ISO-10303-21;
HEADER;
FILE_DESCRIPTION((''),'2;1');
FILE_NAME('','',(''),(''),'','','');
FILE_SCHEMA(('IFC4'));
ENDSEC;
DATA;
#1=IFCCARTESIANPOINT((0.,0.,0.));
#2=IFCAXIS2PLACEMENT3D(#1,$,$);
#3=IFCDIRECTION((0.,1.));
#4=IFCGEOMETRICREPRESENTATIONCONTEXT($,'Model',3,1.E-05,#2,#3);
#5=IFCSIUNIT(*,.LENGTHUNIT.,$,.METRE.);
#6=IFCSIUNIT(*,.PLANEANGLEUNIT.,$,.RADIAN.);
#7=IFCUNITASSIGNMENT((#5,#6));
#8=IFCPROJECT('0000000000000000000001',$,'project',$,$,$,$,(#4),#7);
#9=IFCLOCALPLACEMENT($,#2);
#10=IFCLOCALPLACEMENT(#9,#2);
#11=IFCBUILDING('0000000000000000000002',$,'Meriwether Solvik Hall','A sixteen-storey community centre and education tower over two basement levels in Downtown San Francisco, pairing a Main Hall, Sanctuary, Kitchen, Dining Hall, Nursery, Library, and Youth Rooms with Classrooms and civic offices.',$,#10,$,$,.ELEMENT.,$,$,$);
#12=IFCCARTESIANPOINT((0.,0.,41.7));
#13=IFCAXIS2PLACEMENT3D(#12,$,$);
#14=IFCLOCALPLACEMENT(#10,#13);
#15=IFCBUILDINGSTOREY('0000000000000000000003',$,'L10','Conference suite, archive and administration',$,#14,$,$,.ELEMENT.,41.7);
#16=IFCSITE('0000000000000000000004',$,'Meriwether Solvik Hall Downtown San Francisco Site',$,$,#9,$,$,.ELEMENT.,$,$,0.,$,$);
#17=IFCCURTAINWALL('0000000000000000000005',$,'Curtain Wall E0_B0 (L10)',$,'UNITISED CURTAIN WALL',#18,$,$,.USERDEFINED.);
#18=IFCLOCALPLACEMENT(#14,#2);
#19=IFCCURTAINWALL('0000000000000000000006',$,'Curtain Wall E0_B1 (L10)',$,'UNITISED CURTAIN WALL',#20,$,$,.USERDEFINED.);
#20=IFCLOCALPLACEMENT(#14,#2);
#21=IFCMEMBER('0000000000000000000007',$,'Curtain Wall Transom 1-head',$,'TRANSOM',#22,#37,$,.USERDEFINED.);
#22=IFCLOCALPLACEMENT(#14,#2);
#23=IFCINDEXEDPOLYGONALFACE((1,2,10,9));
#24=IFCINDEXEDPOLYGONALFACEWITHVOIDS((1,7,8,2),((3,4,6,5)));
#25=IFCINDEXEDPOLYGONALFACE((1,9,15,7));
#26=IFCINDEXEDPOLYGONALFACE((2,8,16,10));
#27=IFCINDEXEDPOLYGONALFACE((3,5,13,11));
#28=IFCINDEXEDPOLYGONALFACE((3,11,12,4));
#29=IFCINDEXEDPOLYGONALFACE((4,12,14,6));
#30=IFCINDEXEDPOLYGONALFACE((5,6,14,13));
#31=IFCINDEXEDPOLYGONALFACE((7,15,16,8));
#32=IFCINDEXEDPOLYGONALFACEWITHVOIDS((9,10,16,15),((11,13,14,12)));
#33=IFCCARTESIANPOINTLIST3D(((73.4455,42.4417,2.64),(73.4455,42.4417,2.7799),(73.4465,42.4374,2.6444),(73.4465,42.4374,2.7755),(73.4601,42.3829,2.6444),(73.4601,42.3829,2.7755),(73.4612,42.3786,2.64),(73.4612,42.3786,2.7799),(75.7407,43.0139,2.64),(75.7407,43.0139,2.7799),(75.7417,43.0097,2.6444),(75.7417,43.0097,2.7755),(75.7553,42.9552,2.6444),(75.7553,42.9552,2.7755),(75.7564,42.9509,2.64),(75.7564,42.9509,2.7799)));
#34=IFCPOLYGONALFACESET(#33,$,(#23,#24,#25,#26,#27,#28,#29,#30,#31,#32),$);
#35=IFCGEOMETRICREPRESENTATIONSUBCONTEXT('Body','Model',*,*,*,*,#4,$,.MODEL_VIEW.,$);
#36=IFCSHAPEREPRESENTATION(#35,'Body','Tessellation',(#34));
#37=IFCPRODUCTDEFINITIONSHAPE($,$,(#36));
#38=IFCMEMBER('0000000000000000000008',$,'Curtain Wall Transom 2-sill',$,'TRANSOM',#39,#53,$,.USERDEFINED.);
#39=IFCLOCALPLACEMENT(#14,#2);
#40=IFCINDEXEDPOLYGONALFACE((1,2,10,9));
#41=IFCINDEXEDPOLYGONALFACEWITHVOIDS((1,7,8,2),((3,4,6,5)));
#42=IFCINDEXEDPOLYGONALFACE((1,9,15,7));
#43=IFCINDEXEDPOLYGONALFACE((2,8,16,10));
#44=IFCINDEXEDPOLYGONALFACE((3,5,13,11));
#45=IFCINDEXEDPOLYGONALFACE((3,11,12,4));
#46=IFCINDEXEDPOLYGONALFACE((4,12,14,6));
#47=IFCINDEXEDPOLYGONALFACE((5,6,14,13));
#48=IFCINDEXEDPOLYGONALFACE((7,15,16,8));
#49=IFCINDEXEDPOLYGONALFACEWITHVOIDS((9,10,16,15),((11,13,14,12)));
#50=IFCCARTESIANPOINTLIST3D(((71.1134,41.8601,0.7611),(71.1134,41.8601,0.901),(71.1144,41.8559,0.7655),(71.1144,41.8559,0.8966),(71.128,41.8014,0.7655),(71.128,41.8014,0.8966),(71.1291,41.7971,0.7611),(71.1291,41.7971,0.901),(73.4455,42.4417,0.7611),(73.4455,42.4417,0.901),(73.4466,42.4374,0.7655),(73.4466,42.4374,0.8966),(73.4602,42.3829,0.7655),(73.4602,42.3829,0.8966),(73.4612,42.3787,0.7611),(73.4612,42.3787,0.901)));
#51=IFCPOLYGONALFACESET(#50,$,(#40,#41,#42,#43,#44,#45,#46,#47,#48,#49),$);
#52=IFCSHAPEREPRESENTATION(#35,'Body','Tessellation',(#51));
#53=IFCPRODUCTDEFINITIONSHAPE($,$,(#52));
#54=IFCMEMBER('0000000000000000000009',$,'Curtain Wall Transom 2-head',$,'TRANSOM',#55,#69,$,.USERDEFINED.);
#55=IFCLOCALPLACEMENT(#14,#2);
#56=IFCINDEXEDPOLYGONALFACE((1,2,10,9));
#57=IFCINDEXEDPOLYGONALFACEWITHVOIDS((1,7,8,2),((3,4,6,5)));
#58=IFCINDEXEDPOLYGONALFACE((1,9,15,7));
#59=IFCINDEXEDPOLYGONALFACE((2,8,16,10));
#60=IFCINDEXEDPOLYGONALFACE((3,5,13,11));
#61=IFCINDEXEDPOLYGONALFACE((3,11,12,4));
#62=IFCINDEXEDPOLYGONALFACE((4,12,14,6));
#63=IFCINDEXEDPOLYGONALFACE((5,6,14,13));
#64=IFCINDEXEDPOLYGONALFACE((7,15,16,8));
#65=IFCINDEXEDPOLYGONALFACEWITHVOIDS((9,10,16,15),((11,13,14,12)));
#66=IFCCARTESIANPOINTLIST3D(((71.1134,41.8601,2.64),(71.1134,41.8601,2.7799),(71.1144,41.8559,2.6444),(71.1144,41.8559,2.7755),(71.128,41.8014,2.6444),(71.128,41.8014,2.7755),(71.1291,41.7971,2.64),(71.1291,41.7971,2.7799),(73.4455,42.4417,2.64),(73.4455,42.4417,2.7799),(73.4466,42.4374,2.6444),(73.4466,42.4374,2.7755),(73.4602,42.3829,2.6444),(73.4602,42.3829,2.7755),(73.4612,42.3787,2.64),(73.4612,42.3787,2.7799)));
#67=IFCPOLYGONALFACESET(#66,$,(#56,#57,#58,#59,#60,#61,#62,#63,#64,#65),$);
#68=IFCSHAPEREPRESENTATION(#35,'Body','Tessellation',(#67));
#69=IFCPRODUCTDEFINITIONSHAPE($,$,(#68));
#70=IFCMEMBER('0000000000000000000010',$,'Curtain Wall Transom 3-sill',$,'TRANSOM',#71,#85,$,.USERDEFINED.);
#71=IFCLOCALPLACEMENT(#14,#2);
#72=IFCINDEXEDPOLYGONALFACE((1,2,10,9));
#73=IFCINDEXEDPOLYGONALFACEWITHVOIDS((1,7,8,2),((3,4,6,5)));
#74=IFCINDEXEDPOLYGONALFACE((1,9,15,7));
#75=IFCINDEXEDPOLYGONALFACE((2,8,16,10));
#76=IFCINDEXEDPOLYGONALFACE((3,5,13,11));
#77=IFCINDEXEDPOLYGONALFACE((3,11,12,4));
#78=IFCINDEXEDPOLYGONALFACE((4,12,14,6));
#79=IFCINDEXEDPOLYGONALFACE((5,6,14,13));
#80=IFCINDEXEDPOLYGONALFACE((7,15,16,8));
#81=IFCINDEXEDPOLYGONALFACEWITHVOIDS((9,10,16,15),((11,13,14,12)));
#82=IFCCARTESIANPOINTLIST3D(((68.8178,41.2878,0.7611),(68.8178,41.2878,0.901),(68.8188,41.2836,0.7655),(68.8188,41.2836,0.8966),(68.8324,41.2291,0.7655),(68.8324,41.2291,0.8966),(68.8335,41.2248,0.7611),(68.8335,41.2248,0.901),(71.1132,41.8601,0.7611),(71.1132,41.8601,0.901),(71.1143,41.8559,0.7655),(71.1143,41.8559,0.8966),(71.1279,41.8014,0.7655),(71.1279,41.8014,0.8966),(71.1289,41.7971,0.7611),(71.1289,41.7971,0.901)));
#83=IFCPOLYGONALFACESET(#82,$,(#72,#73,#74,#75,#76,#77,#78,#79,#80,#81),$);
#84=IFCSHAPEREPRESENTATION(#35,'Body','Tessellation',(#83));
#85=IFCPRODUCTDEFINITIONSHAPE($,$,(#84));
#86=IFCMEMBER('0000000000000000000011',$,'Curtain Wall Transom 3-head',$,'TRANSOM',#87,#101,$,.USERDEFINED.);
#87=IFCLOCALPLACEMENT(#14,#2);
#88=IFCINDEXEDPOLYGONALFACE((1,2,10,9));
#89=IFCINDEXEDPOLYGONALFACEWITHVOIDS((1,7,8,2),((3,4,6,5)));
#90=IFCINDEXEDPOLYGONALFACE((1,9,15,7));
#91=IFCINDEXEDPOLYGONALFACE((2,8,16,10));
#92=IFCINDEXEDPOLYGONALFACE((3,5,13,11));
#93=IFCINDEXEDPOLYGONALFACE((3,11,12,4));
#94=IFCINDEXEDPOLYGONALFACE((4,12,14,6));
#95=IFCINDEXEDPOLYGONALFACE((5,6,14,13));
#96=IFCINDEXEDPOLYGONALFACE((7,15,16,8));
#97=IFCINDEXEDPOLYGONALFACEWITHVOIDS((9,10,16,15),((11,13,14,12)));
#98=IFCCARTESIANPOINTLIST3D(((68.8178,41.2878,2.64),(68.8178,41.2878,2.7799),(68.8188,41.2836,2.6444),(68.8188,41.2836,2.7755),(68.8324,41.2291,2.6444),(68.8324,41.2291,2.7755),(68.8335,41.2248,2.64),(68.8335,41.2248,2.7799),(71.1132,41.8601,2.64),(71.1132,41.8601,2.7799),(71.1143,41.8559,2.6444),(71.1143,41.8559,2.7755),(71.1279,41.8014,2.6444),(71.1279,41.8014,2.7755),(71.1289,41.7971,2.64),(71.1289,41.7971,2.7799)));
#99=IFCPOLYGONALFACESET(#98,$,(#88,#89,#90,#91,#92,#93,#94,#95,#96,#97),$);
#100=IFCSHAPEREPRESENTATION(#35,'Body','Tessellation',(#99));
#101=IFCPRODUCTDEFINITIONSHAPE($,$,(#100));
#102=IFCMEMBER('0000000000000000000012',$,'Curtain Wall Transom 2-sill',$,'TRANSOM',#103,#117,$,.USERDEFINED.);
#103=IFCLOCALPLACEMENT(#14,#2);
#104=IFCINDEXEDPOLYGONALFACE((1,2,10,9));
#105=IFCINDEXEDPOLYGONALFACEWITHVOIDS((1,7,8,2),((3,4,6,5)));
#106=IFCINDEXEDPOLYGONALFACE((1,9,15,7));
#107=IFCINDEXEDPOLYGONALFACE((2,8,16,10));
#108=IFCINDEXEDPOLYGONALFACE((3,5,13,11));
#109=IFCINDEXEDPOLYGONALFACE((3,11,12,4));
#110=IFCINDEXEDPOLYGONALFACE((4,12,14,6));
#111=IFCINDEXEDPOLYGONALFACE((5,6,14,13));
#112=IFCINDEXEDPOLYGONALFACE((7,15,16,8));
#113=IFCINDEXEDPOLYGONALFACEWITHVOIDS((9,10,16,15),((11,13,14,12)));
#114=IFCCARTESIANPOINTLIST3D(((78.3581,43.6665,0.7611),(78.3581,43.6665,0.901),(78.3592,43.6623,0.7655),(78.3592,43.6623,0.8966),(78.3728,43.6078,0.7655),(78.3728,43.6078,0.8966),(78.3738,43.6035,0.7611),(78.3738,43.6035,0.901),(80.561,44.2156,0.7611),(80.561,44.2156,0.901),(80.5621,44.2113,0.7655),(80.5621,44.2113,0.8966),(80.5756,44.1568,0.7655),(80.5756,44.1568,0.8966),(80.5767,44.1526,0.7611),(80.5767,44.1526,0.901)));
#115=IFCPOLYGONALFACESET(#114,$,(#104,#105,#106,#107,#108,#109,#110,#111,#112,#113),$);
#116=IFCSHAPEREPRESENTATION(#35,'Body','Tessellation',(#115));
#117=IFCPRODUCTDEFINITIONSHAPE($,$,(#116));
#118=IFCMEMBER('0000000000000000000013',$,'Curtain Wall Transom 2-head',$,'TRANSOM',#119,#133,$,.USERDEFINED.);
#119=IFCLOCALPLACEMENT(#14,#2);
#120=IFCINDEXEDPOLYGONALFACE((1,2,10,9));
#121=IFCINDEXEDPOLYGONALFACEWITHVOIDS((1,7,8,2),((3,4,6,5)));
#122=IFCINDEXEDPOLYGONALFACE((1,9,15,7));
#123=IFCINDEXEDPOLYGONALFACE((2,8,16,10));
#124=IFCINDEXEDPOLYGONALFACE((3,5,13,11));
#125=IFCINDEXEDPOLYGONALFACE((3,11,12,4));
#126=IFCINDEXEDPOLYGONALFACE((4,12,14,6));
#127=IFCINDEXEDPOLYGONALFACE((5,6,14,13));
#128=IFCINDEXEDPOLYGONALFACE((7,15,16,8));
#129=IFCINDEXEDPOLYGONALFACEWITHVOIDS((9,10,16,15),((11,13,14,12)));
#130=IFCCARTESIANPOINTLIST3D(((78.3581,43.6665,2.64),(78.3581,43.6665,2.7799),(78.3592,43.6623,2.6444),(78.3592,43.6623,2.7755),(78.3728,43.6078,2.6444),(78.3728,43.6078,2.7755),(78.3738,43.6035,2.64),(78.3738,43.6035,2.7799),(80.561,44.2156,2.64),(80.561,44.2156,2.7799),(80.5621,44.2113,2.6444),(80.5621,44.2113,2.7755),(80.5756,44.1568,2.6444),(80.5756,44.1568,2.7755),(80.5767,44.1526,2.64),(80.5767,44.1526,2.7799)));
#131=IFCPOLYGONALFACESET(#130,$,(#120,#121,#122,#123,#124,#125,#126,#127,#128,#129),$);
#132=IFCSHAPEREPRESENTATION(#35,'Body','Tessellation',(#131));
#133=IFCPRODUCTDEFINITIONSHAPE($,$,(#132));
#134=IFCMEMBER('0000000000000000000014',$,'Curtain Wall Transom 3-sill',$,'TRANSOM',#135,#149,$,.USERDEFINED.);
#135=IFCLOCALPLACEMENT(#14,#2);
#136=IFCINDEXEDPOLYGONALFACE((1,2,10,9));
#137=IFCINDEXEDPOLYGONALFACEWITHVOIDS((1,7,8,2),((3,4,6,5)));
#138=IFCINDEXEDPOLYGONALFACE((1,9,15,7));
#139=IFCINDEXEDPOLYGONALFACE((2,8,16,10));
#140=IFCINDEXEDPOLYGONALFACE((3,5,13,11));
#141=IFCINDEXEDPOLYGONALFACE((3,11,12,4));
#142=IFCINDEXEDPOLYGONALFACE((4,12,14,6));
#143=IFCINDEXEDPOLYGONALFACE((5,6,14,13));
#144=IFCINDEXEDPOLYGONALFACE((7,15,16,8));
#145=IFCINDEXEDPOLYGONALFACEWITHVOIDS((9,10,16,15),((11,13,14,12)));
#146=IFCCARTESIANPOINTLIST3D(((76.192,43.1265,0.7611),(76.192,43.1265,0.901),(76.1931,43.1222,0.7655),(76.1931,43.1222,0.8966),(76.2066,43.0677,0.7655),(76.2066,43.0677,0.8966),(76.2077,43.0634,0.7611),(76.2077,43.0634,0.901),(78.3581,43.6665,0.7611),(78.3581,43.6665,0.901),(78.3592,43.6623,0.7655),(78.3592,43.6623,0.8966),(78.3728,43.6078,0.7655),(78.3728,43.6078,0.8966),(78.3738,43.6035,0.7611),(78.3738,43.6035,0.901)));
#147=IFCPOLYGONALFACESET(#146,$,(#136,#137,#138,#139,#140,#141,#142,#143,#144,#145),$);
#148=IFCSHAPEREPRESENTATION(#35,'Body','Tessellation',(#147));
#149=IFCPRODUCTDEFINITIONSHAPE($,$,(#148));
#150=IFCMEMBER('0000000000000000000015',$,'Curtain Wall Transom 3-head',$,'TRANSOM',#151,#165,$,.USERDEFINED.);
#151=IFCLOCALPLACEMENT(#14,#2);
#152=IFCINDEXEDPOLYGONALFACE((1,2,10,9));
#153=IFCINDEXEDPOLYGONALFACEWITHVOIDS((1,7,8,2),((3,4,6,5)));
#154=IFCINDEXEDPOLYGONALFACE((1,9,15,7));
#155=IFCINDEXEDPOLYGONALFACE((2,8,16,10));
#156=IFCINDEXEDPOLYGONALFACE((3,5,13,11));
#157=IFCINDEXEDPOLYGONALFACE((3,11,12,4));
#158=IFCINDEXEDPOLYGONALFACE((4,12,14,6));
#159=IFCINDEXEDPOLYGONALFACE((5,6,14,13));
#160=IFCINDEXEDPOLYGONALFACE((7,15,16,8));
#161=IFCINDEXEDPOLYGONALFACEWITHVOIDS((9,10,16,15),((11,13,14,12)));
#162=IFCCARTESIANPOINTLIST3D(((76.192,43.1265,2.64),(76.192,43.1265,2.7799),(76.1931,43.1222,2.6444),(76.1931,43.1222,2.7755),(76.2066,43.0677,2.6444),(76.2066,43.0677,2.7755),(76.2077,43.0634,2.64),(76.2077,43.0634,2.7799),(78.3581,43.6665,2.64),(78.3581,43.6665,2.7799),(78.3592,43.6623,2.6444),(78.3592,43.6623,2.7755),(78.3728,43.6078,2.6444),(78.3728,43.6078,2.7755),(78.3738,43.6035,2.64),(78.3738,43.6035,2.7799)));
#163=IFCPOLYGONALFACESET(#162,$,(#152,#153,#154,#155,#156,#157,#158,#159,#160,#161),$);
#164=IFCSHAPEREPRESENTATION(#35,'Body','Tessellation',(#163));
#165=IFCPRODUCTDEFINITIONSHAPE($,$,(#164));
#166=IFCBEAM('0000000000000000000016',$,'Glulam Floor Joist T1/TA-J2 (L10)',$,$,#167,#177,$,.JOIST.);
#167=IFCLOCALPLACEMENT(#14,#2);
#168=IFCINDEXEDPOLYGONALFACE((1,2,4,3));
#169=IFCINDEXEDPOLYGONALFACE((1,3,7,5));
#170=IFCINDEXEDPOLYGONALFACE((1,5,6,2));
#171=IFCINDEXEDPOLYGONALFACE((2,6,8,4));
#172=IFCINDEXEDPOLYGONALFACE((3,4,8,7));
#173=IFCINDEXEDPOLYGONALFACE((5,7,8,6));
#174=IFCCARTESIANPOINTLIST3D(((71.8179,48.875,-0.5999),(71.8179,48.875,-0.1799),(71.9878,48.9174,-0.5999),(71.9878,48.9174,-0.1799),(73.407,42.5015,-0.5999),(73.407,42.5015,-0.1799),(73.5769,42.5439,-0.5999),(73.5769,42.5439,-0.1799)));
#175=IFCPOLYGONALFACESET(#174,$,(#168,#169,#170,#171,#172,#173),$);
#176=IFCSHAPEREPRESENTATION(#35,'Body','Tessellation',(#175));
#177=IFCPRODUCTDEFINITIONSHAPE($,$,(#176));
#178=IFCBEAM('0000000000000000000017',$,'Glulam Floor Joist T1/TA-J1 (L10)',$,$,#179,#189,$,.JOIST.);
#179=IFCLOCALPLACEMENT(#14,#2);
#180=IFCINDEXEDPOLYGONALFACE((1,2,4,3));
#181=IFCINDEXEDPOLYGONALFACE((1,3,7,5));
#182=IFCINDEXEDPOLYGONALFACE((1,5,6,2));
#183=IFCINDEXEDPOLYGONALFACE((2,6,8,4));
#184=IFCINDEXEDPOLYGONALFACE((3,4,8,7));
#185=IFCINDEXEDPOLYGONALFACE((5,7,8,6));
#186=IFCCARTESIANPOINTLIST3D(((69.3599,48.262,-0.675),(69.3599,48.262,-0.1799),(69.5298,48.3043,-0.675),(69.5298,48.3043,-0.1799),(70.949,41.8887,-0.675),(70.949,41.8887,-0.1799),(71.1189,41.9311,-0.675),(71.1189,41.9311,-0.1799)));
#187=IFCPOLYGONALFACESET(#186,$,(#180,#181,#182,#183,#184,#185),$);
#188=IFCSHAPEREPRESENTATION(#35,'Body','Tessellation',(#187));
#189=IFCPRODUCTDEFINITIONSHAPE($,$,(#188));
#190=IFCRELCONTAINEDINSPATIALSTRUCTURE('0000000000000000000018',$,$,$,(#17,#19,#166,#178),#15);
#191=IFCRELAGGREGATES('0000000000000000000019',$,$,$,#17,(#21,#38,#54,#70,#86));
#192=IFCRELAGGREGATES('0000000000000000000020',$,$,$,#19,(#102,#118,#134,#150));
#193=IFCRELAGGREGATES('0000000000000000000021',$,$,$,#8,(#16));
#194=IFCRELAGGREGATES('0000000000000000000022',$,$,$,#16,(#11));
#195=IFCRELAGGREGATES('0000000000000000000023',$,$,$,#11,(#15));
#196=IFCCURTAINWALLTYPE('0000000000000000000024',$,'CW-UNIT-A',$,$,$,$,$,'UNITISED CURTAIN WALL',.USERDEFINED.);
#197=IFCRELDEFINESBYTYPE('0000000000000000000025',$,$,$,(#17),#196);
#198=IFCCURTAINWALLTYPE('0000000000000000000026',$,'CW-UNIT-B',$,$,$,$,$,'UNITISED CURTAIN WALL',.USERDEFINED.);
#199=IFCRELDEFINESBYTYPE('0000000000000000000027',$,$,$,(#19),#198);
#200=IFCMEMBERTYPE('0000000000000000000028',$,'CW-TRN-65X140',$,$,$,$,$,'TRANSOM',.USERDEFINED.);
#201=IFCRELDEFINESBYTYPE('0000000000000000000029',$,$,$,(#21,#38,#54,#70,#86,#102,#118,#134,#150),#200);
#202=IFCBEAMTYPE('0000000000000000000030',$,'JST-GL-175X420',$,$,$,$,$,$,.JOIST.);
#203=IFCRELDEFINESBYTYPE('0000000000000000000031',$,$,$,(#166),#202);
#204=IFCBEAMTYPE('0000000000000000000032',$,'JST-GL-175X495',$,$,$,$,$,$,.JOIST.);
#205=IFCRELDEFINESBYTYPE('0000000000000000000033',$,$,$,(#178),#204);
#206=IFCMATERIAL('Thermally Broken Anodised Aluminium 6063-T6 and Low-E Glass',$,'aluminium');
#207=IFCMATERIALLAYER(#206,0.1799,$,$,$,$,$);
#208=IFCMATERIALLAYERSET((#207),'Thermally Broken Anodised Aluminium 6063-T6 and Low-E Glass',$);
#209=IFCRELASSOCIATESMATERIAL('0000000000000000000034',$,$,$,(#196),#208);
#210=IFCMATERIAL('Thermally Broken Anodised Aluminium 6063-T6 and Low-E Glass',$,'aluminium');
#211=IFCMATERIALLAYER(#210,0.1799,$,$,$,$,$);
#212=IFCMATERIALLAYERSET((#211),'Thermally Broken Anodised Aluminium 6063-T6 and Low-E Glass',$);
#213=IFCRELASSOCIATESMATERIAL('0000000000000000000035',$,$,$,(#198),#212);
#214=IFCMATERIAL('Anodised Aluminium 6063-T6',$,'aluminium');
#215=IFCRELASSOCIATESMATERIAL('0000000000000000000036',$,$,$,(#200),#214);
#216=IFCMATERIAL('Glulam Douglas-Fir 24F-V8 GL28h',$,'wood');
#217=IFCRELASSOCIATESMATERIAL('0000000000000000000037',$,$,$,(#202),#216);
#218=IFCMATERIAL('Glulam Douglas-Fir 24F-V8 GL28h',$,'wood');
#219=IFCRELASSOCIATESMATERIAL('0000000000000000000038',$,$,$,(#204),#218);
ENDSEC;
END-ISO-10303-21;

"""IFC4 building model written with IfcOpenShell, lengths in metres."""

from ifc_helpers import new_model, si_unit, direction, frame, origin, origin_2d, place, context, subcontext, project, spatial, rectangle, hollow_rectangle, extrude, material, layer, layer_set, material_profile, profile_set, type_object, element, aggregate, save


model = new_model("IFC4")

# Units and contexts
model_context = context("Model", 3, precision=1e-05, world=origin(), true_north=direction((0.0, 1.0)))
body_context = subcontext(model_context, "Body", "Model", "MODEL_VIEW")
ifc_project = project(units=[si_unit("LENGTHUNIT", "METRE"), si_unit("PLANEANGLEUNIT", "RADIAN")], contexts=[model_context])

# Site, building, storey
site_placement = place(None, origin())
site = spatial("IfcSite", under=ifc_project, at=site_placement, Name="Meriwether Solvik Hall Downtown San Francisco Site", CompositionType="ELEMENT", RefElevation=0.0)
building_placement = place(site_placement, origin())
building = spatial("IfcBuilding", under=site, at=building_placement, Name="Meriwether Solvik Hall", Description="A sixteen-storey community centre and education tower over two basement levels in Downtown San Francisco, pairing a Main Hall, Sanctuary, Kitchen, Dining Hall, Nursery, Library, and Youth Rooms with Classrooms and civic offices.", CompositionType="ELEMENT")
storey_placement = place(building_placement, frame((0.0, 0.0, 41.7)))
storey = spatial("IfcBuildingStorey", under=building, at=storey_placement, Name="L10", Description="Conference suite, archive and administration", CompositionType="ELEMENT", Elevation=41.7)

# Curtain walls
ifc_material_1 = material(Name="Thermally Broken Anodised Aluminium 6063-T6 and Low-E Glass", Category="aluminium")
ifc_layer_1 = layer(ifc_material_1, 0.1799)
ifc_layer_set_1 = layer_set([ifc_layer_1], Name="Thermally Broken Anodised Aluminium 6063-T6 and Low-E Glass")
curtain_wall_type_1 = type_object("IfcCurtainWallType", Name="CW-UNIT-A", ElementType="UNITISED CURTAIN WALL", PredefinedType="USERDEFINED", material=ifc_layer_set_1)
curtain_wall_1_placement = place(storey_placement, origin())
curtain_wall_1 = element("IfcCurtainWall", 1, at=curtain_wall_1_placement, inside=storey, type_object=curtain_wall_type_1, Name="Curtain Wall E0_B0 (L10)", ObjectType="UNITISED CURTAIN WALL", PredefinedType="USERDEFINED")
ifc_material_2 = material(Name="Thermally Broken Anodised Aluminium 6063-T6 and Low-E Glass", Category="aluminium")
ifc_layer_2 = layer(ifc_material_2, 0.1799)
ifc_layer_set_2 = layer_set([ifc_layer_2], Name="Thermally Broken Anodised Aluminium 6063-T6 and Low-E Glass")
curtain_wall_type_2 = type_object("IfcCurtainWallType", Name="CW-UNIT-B", ElementType="UNITISED CURTAIN WALL", PredefinedType="USERDEFINED", material=ifc_layer_set_2)
curtain_wall_2_placement = place(storey_placement, origin())
curtain_wall_2 = element("IfcCurtainWall", 2, at=curtain_wall_2_placement, inside=storey, type_object=curtain_wall_type_2, Name="Curtain Wall E0_B1 (L10)", ObjectType="UNITISED CURTAIN WALL", PredefinedType="USERDEFINED")

# Members
ifc_material_3 = material(Name="Anodised Aluminium 6063-T6", Category="aluminium")
ifc_material_profile_1 = material_profile(ifc_material_3, hollow_rectangle(XDim=0.0649, YDim=0.1399, WallThickness=0.0044, at=origin_2d()), Name="CWT-65X140")
ifc_profile_set_1 = profile_set([ifc_material_profile_1], Name="Anodised Aluminium 6063-T6")
member_type_1 = type_object("IfcMemberType", Name="CW-TRN-65X140", ElementType="TRANSOM", PredefinedType="USERDEFINED", material=ifc_profile_set_1)
member_1_placement = place(storey_placement, frame((75.7485, 42.9824, 2.71), z_axis=(-0.970294, -0.241928, 0.0), x_axis=(0.241928, -0.970294, 0.0)))
member_1 = element("IfcMember", 3, at=member_1_placement, type_object=member_type_1, Name="Curtain Wall Transom 1-head", ObjectType="TRANSOM", PredefinedType="USERDEFINED", context=body_context, shape_type="SweptSolid", body=[
    extrude(hollow_rectangle(XDim=0.0649, YDim=0.1399, WallThickness=0.0044, at=origin_2d()), origin(), (0.0, 0.0, 1.0), 2.3655),
])
member_2_placement = place(storey_placement, frame((73.4534, 42.4102, 0.8311), z_axis=(-0.970292, -0.241938, 0.0), x_axis=(0.241938, -0.970292, 0.0)))
member_2 = element("IfcMember", 4, at=member_2_placement, type_object=member_type_1, Name="Curtain Wall Transom 2-sill", ObjectType="TRANSOM", PredefinedType="USERDEFINED", context=body_context, shape_type="SweptSolid", body=[
    extrude(hollow_rectangle(XDim=0.0649, YDim=0.1399, WallThickness=0.0044, at=origin_2d()), origin(), (0.0, 0.0, 1.0), 2.4036),
])
member_3_placement = place(storey_placement, frame((73.4534, 42.4102, 2.71), z_axis=(-0.970292, -0.241938, 0.0), x_axis=(0.241938, -0.970292, 0.0)))
member_3 = element("IfcMember", 5, at=member_3_placement, type_object=member_type_1, Name="Curtain Wall Transom 2-head", ObjectType="TRANSOM", PredefinedType="USERDEFINED", context=body_context, shape_type="SweptSolid", body=[
    extrude(hollow_rectangle(XDim=0.0649, YDim=0.1399, WallThickness=0.0044, at=origin_2d()), origin(), (0.0, 0.0, 1.0), 2.4036),
])
member_4_placement = place(storey_placement, frame((71.1211, 41.8286, 0.8311), z_axis=(-0.9703, -0.241904, 0.0), x_axis=(0.241904, -0.9703, 0.0)))
member_4 = element("IfcMember", 6, at=member_4_placement, type_object=member_type_1, Name="Curtain Wall Transom 3-sill", ObjectType="TRANSOM", PredefinedType="USERDEFINED", context=body_context, shape_type="SweptSolid", body=[
    extrude(hollow_rectangle(XDim=0.0649, YDim=0.1399, WallThickness=0.0044, at=origin_2d()), origin(), (0.0, 0.0, 1.0), 2.3657),
])
member_5_placement = place(storey_placement, frame((71.1211, 41.8286, 2.71), z_axis=(-0.9703, -0.241904, 0.0), x_axis=(0.241904, -0.9703, 0.0)))
member_5 = element("IfcMember", 7, at=member_5_placement, type_object=member_type_1, Name="Curtain Wall Transom 3-head", ObjectType="TRANSOM", PredefinedType="USERDEFINED", context=body_context, shape_type="SweptSolid", body=[
    extrude(hollow_rectangle(XDim=0.0649, YDim=0.1399, WallThickness=0.0044, at=origin_2d()), origin(), (0.0, 0.0, 1.0), 2.3657),
])
member_6_placement = place(storey_placement, frame((80.5688, 44.1841, 0.8311), z_axis=(-0.970313, -0.241852, 0.0), x_axis=(0.241852, -0.970313, 0.0)))
member_6 = element("IfcMember", 8, at=member_6_placement, type_object=member_type_1, Name="Curtain Wall Transom 2-sill", ObjectType="TRANSOM", PredefinedType="USERDEFINED", context=body_context, shape_type="SweptSolid", body=[
    extrude(hollow_rectangle(XDim=0.0649, YDim=0.1399, WallThickness=0.0044, at=origin_2d()), origin(), (0.0, 0.0, 1.0), 2.2703),
])
member_7_placement = place(storey_placement, frame((80.5688, 44.1841, 2.71), z_axis=(-0.970313, -0.241852, 0.0), x_axis=(0.241852, -0.970313, 0.0)))
member_7 = element("IfcMember", 9, at=member_7_placement, type_object=member_type_1, Name="Curtain Wall Transom 2-head", ObjectType="TRANSOM", PredefinedType="USERDEFINED", context=body_context, shape_type="SweptSolid", body=[
    extrude(hollow_rectangle(XDim=0.0649, YDim=0.1399, WallThickness=0.0044, at=origin_2d()), origin(), (0.0, 0.0, 1.0), 2.2703),
])
member_8_placement = place(storey_placement, frame((78.366, 43.635, 0.8311), z_axis=(-0.970297, -0.241918, 0.0), x_axis=(0.241918, -0.970297, 0.0)))
member_8 = element("IfcMember", 10, at=member_8_placement, type_object=member_type_1, Name="Curtain Wall Transom 3-sill", ObjectType="TRANSOM", PredefinedType="USERDEFINED", context=body_context, shape_type="SweptSolid", body=[
    extrude(hollow_rectangle(XDim=0.0649, YDim=0.1399, WallThickness=0.0044, at=origin_2d()), origin(), (0.0, 0.0, 1.0), 2.2324),
])
member_9_placement = place(storey_placement, frame((78.366, 43.635, 2.71), z_axis=(-0.970297, -0.241918, 0.0), x_axis=(0.241918, -0.970297, 0.0)))
member_9 = element("IfcMember", 11, at=member_9_placement, type_object=member_type_1, Name="Curtain Wall Transom 3-head", ObjectType="TRANSOM", PredefinedType="USERDEFINED", context=body_context, shape_type="SweptSolid", body=[
    extrude(hollow_rectangle(XDim=0.0649, YDim=0.1399, WallThickness=0.0044, at=origin_2d()), origin(), (0.0, 0.0, 1.0), 2.2324),
])

# Beams
ifc_material_4 = material(Name="Glulam Douglas-Fir 24F-V8 GL28h", Category="wood")
ifc_material_profile_2 = material_profile(ifc_material_4, rectangle(XDim=0.175, YDim=0.4199, at=origin_2d()), Name="GLJ-175X420")
ifc_profile_set_2 = profile_set([ifc_material_profile_2], Name="Glulam Douglas-Fir 24F-V8 GL28h")
beam_type_1 = type_object("IfcBeamType", Name="JST-GL-175X420", PredefinedType="JOIST", material=ifc_profile_set_2)
beam_1_placement = place(storey_placement, frame((73.4919, 42.5227, -0.3899), z_axis=(-0.241923, 0.970295, 0.0), x_axis=(-0.970295, -0.241923, 0.0)))
element("IfcBeam", 12, at=beam_1_placement, inside=storey, type_object=beam_type_1, Name="Glulam Floor Joist T1/TA-J2 (L10)", PredefinedType="JOIST", context=body_context, shape_type="SweptSolid", body=[
    extrude(rectangle(XDim=0.175, YDim=0.4199, at=origin_2d()), origin(), (0.0, 0.0, 1.0), 6.5686),
])
ifc_material_5 = material(Name="Glulam Douglas-Fir 24F-V8 GL28h", Category="wood")
ifc_material_profile_3 = material_profile(ifc_material_5, rectangle(XDim=0.175, YDim=0.4951, at=origin_2d()), Name="GLJ-175X495")
ifc_profile_set_3 = profile_set([ifc_material_profile_3], Name="Glulam Douglas-Fir 24F-V8 GL28h")
beam_type_2 = type_object("IfcBeamType", Name="JST-GL-175X495", PredefinedType="JOIST", material=ifc_profile_set_3)
for number, where, z_axis, x_axis, name in (
    (13, (71.0339, 41.9099, -0.4275), (-0.241932, 0.970293, 0.0), (-0.970293, -0.241932, 0.0), "Glulam Floor Joist T1/TA-J1 (L10)"),
):
    element("IfcBeam", number, at=place(storey_placement, frame(where, z_axis=z_axis, x_axis=x_axis)), inside=storey, type_object=beam_type_2, Name=name, PredefinedType="JOIST", context=body_context, shape_type="SweptSolid", body=[
        extrude(rectangle(XDim=0.175, YDim=0.4951, at=origin_2d()), origin(), (0.0, 0.0, 1.0), 6.5684),
    ])

aggregate(curtain_wall_1, [member_1, member_2, member_3, member_4, member_5])
aggregate(curtain_wall_2, [member_6, member_7, member_8, member_9])

save(model, "model.ifc")
